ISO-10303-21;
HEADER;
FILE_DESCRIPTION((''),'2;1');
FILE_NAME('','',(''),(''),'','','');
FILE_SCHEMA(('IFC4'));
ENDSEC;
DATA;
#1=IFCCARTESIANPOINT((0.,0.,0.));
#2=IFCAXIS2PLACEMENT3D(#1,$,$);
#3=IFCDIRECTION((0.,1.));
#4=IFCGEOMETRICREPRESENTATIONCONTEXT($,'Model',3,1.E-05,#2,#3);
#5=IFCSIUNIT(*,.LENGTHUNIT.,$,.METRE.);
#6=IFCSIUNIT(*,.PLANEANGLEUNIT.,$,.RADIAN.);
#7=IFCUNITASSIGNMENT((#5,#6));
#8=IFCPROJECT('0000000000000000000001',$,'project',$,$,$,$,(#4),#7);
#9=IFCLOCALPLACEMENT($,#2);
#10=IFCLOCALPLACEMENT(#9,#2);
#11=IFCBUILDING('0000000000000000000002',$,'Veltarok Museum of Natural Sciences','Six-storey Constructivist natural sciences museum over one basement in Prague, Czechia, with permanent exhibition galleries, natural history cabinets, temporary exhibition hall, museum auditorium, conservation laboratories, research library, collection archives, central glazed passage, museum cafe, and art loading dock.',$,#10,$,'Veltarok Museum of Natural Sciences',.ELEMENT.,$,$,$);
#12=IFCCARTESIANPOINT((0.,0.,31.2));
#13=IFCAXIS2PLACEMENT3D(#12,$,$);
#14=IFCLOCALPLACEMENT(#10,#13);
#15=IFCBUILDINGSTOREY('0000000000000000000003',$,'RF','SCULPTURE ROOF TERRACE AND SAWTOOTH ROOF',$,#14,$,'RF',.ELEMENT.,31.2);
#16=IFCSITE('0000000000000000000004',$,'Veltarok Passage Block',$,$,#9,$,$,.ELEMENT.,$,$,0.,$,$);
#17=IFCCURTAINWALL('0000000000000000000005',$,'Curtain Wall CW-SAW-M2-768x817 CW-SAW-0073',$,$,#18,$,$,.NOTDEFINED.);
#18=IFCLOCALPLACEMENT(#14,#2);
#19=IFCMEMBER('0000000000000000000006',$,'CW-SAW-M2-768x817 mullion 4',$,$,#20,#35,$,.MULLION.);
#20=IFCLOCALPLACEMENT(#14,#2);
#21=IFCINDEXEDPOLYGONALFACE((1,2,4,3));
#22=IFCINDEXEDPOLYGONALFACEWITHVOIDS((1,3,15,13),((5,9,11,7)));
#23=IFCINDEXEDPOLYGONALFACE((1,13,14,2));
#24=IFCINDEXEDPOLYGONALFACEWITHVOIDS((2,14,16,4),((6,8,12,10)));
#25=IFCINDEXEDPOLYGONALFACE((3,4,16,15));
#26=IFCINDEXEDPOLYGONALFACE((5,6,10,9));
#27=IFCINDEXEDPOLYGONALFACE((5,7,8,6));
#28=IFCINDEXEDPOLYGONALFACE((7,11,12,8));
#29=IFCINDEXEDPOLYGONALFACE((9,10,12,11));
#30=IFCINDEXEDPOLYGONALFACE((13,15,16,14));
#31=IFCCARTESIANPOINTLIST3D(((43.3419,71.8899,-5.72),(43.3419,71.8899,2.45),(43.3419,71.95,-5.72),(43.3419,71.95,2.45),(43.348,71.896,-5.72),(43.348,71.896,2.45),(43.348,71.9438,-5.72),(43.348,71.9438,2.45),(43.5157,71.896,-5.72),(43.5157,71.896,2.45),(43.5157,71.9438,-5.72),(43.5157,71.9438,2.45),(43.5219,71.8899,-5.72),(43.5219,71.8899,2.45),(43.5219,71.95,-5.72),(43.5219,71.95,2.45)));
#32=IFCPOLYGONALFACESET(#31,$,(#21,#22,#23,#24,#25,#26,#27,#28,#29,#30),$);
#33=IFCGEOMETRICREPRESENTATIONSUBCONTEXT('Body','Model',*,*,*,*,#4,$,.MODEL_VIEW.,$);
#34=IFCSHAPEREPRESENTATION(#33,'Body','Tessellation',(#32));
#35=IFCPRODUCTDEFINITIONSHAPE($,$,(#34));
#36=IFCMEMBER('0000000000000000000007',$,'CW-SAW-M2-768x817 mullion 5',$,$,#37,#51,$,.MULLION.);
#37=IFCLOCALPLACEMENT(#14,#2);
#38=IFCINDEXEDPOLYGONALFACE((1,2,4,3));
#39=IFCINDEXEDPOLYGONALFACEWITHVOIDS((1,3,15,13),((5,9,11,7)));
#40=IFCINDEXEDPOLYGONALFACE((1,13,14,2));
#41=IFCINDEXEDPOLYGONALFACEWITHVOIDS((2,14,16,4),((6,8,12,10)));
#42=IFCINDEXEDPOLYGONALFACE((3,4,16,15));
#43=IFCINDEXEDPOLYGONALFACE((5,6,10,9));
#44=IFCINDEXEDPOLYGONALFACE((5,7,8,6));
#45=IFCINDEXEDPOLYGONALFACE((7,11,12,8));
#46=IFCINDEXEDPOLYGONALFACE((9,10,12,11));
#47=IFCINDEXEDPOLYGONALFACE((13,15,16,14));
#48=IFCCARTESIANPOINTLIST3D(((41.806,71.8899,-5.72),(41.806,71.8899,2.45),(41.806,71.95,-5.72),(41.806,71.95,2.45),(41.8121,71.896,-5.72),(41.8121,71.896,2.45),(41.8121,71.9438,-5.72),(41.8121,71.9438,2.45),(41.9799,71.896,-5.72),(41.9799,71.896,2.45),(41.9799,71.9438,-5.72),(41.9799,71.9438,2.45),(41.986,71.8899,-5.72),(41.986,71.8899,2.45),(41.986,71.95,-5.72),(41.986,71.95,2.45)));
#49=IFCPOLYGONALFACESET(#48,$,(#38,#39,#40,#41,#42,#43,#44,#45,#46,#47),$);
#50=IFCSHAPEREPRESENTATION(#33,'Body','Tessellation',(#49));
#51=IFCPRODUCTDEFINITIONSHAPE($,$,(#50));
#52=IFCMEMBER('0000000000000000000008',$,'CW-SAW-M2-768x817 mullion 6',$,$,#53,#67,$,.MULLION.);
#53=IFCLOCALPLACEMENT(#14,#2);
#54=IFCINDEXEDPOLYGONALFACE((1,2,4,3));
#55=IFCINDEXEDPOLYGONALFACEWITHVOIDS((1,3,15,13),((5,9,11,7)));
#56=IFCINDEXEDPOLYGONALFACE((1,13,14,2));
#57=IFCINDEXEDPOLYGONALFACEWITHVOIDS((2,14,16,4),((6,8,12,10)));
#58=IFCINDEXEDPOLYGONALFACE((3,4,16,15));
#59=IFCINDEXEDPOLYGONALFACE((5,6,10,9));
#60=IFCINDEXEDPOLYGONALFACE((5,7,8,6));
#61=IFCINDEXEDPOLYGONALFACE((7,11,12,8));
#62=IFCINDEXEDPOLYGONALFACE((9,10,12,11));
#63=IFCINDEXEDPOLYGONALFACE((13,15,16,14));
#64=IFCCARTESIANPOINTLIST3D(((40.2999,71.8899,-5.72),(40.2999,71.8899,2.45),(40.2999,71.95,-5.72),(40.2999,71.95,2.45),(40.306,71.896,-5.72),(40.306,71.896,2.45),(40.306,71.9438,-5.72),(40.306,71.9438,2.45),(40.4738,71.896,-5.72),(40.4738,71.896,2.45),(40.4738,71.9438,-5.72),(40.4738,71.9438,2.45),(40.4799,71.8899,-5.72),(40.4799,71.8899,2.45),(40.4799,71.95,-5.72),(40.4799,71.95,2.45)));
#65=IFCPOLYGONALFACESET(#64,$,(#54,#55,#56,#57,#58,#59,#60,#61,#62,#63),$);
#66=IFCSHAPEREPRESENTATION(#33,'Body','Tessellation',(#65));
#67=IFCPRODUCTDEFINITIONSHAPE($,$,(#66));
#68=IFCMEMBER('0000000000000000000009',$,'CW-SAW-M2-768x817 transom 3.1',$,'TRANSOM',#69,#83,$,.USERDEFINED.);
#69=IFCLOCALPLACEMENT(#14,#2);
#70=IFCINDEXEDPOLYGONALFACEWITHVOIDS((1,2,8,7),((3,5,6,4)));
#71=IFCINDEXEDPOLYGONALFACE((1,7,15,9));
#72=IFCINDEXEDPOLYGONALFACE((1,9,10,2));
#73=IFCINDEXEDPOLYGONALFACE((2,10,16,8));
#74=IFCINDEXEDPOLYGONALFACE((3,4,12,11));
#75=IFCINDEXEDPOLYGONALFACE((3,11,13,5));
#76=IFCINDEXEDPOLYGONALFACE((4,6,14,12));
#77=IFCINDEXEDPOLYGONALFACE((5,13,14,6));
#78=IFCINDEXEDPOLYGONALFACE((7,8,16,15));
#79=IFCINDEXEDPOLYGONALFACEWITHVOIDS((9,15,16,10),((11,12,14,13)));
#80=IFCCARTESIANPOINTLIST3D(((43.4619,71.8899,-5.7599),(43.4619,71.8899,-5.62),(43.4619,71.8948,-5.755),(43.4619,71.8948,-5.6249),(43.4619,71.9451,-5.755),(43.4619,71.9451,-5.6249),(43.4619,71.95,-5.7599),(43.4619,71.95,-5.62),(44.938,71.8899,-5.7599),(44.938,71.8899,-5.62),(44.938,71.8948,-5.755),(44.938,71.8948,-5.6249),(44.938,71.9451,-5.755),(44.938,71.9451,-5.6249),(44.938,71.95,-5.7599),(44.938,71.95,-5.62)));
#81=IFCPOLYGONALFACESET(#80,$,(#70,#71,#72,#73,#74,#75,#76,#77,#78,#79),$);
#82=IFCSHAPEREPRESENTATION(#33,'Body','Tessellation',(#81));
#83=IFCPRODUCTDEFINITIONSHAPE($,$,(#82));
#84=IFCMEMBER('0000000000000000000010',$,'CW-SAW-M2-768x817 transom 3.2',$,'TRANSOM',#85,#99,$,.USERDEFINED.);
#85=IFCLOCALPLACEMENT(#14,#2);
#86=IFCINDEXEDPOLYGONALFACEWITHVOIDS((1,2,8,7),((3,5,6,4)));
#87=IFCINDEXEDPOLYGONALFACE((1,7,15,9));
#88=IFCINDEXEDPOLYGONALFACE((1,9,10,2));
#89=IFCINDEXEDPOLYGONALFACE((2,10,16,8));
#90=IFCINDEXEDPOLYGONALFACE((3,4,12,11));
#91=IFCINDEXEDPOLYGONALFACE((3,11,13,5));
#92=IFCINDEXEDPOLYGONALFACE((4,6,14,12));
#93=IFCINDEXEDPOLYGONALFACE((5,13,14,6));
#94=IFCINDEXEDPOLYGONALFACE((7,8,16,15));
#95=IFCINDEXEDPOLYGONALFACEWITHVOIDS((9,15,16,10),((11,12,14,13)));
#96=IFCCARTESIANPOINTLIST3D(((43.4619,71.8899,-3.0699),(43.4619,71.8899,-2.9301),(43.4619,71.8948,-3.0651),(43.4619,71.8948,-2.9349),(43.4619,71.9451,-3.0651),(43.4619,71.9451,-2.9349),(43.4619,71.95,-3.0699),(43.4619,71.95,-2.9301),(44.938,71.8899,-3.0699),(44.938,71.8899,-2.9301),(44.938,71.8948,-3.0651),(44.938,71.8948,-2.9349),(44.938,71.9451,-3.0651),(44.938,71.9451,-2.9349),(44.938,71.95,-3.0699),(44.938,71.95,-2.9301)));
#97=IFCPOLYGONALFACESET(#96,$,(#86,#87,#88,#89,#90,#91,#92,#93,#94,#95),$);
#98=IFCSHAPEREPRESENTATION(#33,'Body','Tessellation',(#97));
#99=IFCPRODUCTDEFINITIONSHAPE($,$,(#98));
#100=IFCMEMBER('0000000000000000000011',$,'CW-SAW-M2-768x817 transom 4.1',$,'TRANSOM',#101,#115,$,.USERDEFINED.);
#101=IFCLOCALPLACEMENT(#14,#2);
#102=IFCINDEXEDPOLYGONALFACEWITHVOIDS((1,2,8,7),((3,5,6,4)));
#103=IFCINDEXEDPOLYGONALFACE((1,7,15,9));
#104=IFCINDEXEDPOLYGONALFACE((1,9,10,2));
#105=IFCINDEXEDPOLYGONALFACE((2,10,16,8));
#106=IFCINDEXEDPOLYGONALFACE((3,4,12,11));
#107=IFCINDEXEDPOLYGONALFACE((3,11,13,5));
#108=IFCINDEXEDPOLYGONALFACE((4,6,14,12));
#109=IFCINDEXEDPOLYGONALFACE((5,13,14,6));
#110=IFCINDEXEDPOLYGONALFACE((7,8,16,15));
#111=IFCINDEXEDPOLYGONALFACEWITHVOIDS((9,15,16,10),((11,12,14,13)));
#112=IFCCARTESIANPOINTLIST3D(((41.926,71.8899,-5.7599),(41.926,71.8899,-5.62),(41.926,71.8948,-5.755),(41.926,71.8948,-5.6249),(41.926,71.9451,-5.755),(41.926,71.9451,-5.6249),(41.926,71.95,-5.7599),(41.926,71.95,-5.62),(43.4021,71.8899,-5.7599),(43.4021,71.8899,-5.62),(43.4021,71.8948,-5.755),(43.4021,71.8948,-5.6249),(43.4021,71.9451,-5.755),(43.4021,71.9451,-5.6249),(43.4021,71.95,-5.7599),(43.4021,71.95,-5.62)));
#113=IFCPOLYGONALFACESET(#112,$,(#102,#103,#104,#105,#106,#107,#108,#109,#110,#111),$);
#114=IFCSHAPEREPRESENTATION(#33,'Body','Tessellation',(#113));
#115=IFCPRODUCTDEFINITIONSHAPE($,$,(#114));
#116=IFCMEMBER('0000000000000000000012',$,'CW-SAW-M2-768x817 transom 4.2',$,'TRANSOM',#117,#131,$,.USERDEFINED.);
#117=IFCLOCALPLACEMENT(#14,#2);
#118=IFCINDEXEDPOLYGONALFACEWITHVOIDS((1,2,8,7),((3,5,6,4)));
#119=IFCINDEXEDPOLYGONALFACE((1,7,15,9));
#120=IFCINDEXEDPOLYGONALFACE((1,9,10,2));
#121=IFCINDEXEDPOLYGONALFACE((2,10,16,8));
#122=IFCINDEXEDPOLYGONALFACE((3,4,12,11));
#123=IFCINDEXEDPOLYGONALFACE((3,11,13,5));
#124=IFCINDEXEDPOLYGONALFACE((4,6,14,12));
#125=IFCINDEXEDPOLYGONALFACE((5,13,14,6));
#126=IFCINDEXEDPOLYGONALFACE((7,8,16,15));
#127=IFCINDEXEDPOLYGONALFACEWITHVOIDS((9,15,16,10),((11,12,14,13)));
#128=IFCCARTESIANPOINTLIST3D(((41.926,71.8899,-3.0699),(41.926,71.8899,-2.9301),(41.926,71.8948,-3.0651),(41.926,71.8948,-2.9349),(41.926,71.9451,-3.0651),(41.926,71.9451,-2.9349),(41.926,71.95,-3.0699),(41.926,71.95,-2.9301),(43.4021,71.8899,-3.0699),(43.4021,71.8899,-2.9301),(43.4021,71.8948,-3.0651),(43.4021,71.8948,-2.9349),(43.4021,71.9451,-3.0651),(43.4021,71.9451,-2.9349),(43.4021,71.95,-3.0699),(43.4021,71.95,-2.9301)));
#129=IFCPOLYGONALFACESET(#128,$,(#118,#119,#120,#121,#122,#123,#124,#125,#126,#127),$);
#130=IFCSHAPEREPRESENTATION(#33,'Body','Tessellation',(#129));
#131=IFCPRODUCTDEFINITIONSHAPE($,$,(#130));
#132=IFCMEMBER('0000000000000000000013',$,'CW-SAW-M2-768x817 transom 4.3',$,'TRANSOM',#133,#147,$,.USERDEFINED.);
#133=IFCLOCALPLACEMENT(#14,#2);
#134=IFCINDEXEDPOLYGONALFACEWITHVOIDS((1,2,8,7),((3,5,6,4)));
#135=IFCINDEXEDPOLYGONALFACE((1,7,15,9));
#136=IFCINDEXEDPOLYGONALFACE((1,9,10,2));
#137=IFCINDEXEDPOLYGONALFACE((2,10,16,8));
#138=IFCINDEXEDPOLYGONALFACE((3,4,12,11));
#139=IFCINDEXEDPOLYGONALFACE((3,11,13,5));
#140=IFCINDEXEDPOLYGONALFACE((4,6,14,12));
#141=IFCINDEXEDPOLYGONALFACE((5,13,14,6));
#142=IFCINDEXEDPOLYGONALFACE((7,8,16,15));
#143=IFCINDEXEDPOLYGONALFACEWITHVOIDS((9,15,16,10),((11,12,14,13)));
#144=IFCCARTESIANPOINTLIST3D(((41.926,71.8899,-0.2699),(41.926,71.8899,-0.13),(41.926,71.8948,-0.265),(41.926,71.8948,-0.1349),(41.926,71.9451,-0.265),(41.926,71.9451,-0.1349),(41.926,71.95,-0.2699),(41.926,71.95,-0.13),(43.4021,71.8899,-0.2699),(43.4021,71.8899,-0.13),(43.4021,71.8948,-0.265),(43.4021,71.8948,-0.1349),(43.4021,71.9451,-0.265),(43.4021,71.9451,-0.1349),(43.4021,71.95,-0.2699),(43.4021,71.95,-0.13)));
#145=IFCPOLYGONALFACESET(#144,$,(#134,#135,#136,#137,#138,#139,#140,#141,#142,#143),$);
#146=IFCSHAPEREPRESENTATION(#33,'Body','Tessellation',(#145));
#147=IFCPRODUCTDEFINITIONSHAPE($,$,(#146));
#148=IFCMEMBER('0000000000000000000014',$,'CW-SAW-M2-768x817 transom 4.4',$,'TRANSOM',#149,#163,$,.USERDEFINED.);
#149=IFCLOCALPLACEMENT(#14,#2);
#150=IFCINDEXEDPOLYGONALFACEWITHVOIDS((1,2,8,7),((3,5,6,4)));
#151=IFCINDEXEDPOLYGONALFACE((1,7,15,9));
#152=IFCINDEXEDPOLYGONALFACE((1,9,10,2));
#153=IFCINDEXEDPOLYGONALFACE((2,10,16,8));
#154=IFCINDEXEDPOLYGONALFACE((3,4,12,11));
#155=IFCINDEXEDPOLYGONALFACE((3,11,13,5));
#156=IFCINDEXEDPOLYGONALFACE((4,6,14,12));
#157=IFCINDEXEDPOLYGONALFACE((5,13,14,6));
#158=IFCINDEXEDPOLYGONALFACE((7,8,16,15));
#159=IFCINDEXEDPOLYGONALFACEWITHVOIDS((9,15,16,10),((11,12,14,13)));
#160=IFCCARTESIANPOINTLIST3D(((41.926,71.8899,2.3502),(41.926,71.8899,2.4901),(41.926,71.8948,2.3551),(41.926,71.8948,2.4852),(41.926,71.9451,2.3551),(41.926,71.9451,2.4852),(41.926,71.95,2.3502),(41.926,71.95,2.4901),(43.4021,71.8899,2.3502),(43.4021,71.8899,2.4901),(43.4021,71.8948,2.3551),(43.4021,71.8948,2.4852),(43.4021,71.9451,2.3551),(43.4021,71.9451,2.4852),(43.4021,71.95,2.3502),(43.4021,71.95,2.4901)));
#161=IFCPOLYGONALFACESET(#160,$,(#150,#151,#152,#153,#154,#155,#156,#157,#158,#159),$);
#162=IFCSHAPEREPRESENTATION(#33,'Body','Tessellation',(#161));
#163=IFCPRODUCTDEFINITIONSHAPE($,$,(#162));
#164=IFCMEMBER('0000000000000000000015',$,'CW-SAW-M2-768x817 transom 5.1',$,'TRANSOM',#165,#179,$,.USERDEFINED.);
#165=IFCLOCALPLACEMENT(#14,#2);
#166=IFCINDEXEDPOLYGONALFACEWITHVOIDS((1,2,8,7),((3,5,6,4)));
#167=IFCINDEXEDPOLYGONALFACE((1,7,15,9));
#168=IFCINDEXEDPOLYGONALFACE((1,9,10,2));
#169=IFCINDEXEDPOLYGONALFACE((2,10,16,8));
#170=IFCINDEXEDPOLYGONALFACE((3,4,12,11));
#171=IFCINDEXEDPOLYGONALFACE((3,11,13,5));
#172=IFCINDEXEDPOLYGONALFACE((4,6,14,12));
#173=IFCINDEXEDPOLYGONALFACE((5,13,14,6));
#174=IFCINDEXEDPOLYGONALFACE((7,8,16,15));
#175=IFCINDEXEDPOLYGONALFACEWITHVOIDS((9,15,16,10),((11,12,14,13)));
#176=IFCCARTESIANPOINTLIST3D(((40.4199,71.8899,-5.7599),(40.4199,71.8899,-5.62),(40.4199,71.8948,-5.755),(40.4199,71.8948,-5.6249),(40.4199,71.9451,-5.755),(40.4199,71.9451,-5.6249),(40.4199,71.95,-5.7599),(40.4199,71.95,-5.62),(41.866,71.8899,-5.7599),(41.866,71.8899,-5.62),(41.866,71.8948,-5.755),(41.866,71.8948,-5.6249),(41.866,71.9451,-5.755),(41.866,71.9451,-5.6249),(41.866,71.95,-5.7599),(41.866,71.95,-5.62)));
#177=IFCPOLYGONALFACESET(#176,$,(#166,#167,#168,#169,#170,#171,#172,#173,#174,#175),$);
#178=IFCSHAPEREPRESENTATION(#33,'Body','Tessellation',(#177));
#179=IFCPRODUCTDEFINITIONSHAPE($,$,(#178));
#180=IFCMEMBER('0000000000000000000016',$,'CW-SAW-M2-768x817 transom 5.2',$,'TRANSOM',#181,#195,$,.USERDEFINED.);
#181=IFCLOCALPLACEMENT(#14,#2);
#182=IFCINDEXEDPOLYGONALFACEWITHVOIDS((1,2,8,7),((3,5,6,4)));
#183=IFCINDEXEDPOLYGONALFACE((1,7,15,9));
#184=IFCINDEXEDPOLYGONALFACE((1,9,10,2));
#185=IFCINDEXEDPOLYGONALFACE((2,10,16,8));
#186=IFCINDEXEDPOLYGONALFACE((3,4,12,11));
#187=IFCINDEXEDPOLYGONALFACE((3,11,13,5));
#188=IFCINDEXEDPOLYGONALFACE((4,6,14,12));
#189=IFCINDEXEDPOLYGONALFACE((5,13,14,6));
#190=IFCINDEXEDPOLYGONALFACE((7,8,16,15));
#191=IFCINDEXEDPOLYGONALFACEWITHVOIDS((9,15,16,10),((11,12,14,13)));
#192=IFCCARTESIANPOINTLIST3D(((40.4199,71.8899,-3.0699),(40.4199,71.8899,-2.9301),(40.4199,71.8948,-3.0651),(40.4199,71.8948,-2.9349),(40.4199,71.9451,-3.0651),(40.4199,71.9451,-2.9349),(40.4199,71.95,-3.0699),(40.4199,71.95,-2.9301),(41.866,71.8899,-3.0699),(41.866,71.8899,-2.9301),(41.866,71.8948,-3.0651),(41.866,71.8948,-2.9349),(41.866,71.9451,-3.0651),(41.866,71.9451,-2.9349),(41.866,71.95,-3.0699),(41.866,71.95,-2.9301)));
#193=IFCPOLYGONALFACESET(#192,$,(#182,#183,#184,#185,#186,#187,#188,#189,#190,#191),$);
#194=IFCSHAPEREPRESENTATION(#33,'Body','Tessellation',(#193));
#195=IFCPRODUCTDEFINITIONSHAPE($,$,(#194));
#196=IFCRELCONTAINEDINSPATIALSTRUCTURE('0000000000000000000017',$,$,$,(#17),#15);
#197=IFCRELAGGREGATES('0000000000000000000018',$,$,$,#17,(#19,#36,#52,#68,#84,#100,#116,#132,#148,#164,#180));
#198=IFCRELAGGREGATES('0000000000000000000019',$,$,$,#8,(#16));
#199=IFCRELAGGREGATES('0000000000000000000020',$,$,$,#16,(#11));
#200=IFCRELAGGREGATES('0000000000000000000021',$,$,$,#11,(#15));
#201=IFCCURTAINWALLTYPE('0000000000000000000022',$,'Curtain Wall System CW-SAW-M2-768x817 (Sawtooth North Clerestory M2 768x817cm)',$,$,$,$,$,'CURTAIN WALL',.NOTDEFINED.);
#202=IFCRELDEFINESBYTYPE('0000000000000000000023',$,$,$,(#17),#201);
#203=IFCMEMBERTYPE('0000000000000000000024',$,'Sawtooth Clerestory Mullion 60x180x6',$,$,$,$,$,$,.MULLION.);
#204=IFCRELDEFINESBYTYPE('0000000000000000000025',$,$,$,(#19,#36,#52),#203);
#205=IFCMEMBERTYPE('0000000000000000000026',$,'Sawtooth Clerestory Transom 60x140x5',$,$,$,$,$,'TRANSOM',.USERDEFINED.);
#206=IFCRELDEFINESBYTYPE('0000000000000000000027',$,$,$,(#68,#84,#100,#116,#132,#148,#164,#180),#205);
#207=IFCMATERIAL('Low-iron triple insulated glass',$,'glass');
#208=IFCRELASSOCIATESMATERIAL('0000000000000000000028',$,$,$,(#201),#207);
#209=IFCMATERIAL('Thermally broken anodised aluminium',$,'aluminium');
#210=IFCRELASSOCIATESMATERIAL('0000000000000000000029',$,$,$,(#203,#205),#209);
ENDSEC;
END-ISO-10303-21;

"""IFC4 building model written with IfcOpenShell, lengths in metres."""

from ifc_helpers import new_model, si_unit, direction, frame, origin, origin_2d, place, context, subcontext, project, spatial, hollow_rectangle, extrude, material, material_profile, profile_set, type_object, element, aggregate, save


model = new_model("IFC4")

# Units and contexts
model_context = context("Model", 3, precision=1e-05, world=origin(), true_north=direction((0.0, 1.0)))
body_context = subcontext(model_context, "Body", "Model", "MODEL_VIEW")
ifc_project = project(units=[si_unit("LENGTHUNIT", "METRE"), si_unit("PLANEANGLEUNIT", "RADIAN")], contexts=[model_context])

# Site, building, storey
site_placement = place(None, origin())
site = spatial("IfcSite", under=ifc_project, at=site_placement, Name="Veltarok Passage Block", CompositionType="ELEMENT", RefElevation=0.0)
building_placement = place(site_placement, origin())
building = spatial("IfcBuilding", under=site, at=building_placement, Name="Veltarok Museum of Natural Sciences", Description="Six-storey Constructivist natural sciences museum over one basement in Prague, Czechia, with permanent exhibition galleries, natural history cabinets, temporary exhibition hall, museum auditorium, conservation laboratories, research library, collection archives, central glazed passage, museum cafe, and art loading dock.", LongName="Veltarok Museum of Natural Sciences", CompositionType="ELEMENT")
storey_placement = place(building_placement, frame((0.0, 0.0, 31.2)))
storey = spatial("IfcBuildingStorey", under=building, at=storey_placement, Name="RF", Description="SCULPTURE ROOF TERRACE AND SAWTOOTH ROOF", LongName="RF", CompositionType="ELEMENT", Elevation=31.2)

# Curtain wall, members
ifc_material_1 = material(Name="Low-iron triple insulated glass", Category="glass")
curtain_wall_type = type_object("IfcCurtainWallType", Name="Curtain Wall System CW-SAW-M2-768x817 (Sawtooth North Clerestory M2 768x817cm)", ElementType="CURTAIN WALL", PredefinedType="NOTDEFINED", material=ifc_material_1)
curtain_wall_placement = place(storey_placement, origin())
curtain_wall = element("IfcCurtainWall", 1, at=curtain_wall_placement, inside=storey, type_object=curtain_wall_type, Name="Curtain Wall CW-SAW-M2-768x817 CW-SAW-0073", PredefinedType="NOTDEFINED")
ifc_material_2 = material(Name="Thermally broken anodised aluminium", Category="aluminium")
ifc_material_profile_1 = material_profile(ifc_material_2, hollow_rectangle(XDim=0.0601, YDim=0.1799, WallThickness=0.0061, at=origin_2d()), Name="CW MULLION 60x180x6")
ifc_profile_set_1 = profile_set([ifc_material_profile_1], Name="Thermally broken anodised aluminium")
member_type_1 = type_object("IfcMemberType", Name="Sawtooth Clerestory Mullion 60x180x6", PredefinedType="MULLION", material=ifc_profile_set_1)
member_1_placement = place(storey_placement, frame((43.4319, 71.9199, -5.72), z_axis=(0.0, 0.0, 1.0), x_axis=(0.0, -1.0, 0.0)))
member_1 = element("IfcMember", 2, at=member_1_placement, type_object=member_type_1, Name="CW-SAW-M2-768x817 mullion 4", PredefinedType="MULLION", context=body_context, shape_type="SweptSolid", body=[
    extrude(hollow_rectangle(XDim=0.0601, YDim=0.1799, WallThickness=0.0061, at=origin_2d()), origin(), (0.0, 0.0, 1.0), 8.1699),
])
member_2_placement = place(storey_placement, frame((41.896, 71.9199, -5.72), z_axis=(0.0, 0.0, 1.0), x_axis=(0.0, -1.0, 0.0)))
member_2 = element("IfcMember", 3, at=member_2_placement, type_object=member_type_1, Name="CW-SAW-M2-768x817 mullion 5", PredefinedType="MULLION", context=body_context, shape_type="SweptSolid", body=[
    extrude(hollow_rectangle(XDim=0.0601, YDim=0.1799, WallThickness=0.0061, at=origin_2d()), origin(), (0.0, 0.0, 1.0), 8.1699),
])
member_3_placement = place(storey_placement, frame((40.3899, 71.9199, -5.72), z_axis=(0.0, 0.0, 1.0), x_axis=(0.0, -1.0, 0.0)))
member_3 = element("IfcMember", 4, at=member_3_placement, type_object=member_type_1, Name="CW-SAW-M2-768x817 mullion 6", PredefinedType="MULLION", context=body_context, shape_type="SweptSolid", body=[
    extrude(hollow_rectangle(XDim=0.0601, YDim=0.1799, WallThickness=0.0061, at=origin_2d()), origin(), (0.0, 0.0, 1.0), 8.1699),
])
ifc_material_profile_2 = material_profile(ifc_material_2, hollow_rectangle(XDim=0.0601, YDim=0.1399, WallThickness=0.0049, at=origin_2d()), Name="CW TRANSOM 60x140x5")
ifc_profile_set_2 = profile_set([ifc_material_profile_2], Name="Thermally broken anodised aluminium")
member_type_2 = type_object("IfcMemberType", Name="Sawtooth Clerestory Transom 60x140x5", ElementType="TRANSOM", PredefinedType="USERDEFINED", material=ifc_profile_set_2)
member_4_placement = place(storey_placement, frame((44.938, 71.9199, -5.6899), z_axis=(-1.0, 0.0, 0.0), x_axis=(0.0, -1.0, 0.0)))
member_4 = element("IfcMember", 5, at=member_4_placement, type_object=member_type_2, Name="CW-SAW-M2-768x817 transom 3.1", ObjectType="TRANSOM", PredefinedType="USERDEFINED", context=body_context, shape_type="SweptSolid", body=[
    extrude(hollow_rectangle(XDim=0.0601, YDim=0.1399, WallThickness=0.0049, at=origin_2d()), origin(), (0.0, 0.0, 1.0), 1.4761),
])
member_5_placement = place(storey_placement, frame((44.938, 71.9199, -3.0), z_axis=(-1.0, 0.0, 0.0), x_axis=(0.0, -1.0, 0.0)))
member_5 = element("IfcMember", 6, at=member_5_placement, type_object=member_type_2, Name="CW-SAW-M2-768x817 transom 3.2", ObjectType="TRANSOM", PredefinedType="USERDEFINED", context=body_context, shape_type="SweptSolid", body=[
    extrude(hollow_rectangle(XDim=0.0601, YDim=0.1399, WallThickness=0.0049, at=origin_2d()), origin(), (0.0, 0.0, 1.0), 1.4761),
])
member_6_placement = place(storey_placement, frame((43.4021, 71.9199, -5.6899), z_axis=(-1.0, 0.0, 0.0), x_axis=(0.0, -1.0, 0.0)))
member_6 = element("IfcMember", 7, at=member_6_placement, type_object=member_type_2, Name="CW-SAW-M2-768x817 transom 4.1", ObjectType="TRANSOM", PredefinedType="USERDEFINED", context=body_context, shape_type="SweptSolid", body=[
    extrude(hollow_rectangle(XDim=0.0601, YDim=0.1399, WallThickness=0.0049, at=origin_2d()), origin(), (0.0, 0.0, 1.0), 1.4761),
])
member_7_placement = place(storey_placement, frame((43.4021, 71.9199, -3.0), z_axis=(-1.0, 0.0, 0.0), x_axis=(0.0, -1.0, 0.0)))
member_7 = element("IfcMember", 8, at=member_7_placement, type_object=member_type_2, Name="CW-SAW-M2-768x817 transom 4.2", ObjectType="TRANSOM", PredefinedType="USERDEFINED", context=body_context, shape_type="SweptSolid", body=[
    extrude(hollow_rectangle(XDim=0.0601, YDim=0.1399, WallThickness=0.0049, at=origin_2d()), origin(), (0.0, 0.0, 1.0), 1.4761),
])
member_8_placement = place(storey_placement, frame((43.4021, 71.9199, -0.2), z_axis=(-1.0, 0.0, 0.0), x_axis=(0.0, -1.0, 0.0)))
member_8 = element("IfcMember", 9, at=member_8_placement, type_object=member_type_2, Name="CW-SAW-M2-768x817 transom 4.3", ObjectType="TRANSOM", PredefinedType="USERDEFINED", context=body_context, shape_type="SweptSolid", body=[
    extrude(hollow_rectangle(XDim=0.0601, YDim=0.1399, WallThickness=0.0049, at=origin_2d()), origin(), (0.0, 0.0, 1.0), 1.4761),
])
member_9_placement = place(storey_placement, frame((43.4021, 71.9199, 2.4202), z_axis=(-1.0, 0.0, 0.0), x_axis=(0.0, -1.0, 0.0)))
member_9 = element("IfcMember", 10, at=member_9_placement, type_object=member_type_2, Name="CW-SAW-M2-768x817 transom 4.4", ObjectType="TRANSOM", PredefinedType="USERDEFINED", context=body_context, shape_type="SweptSolid", body=[
    extrude(hollow_rectangle(XDim=0.0601, YDim=0.1399, WallThickness=0.0049, at=origin_2d()), origin(), (0.0, 0.0, 1.0), 1.4761),
])
member_10_placement = place(storey_placement, frame((41.866, 71.9199, -5.6899), z_axis=(-1.0, 0.0, 0.0), x_axis=(0.0, -1.0, 0.0)))
member_10 = element("IfcMember", 11, at=member_10_placement, type_object=member_type_2, Name="CW-SAW-M2-768x817 transom 5.1", ObjectType="TRANSOM", PredefinedType="USERDEFINED", context=body_context, shape_type="SweptSolid", body=[
    extrude(hollow_rectangle(XDim=0.0601, YDim=0.1399, WallThickness=0.0049, at=origin_2d()), origin(), (0.0, 0.0, 1.0), 1.446),
])
member_11_placement = place(storey_placement, frame((41.866, 71.9199, -3.0), z_axis=(-1.0, 0.0, 0.0), x_axis=(0.0, -1.0, 0.0)))
member_11 = element("IfcMember", 12, at=member_11_placement, type_object=member_type_2, Name="CW-SAW-M2-768x817 transom 5.2", ObjectType="TRANSOM", PredefinedType="USERDEFINED", context=body_context, shape_type="SweptSolid", body=[
    extrude(hollow_rectangle(XDim=0.0601, YDim=0.1399, WallThickness=0.0049, at=origin_2d()), origin(), (0.0, 0.0, 1.0), 1.446),
])

aggregate(curtain_wall, [member_1, member_2, member_3, member_4, member_5, member_6, member_7, member_8, member_9, member_10, member_11])

save(model, "model.ifc")
